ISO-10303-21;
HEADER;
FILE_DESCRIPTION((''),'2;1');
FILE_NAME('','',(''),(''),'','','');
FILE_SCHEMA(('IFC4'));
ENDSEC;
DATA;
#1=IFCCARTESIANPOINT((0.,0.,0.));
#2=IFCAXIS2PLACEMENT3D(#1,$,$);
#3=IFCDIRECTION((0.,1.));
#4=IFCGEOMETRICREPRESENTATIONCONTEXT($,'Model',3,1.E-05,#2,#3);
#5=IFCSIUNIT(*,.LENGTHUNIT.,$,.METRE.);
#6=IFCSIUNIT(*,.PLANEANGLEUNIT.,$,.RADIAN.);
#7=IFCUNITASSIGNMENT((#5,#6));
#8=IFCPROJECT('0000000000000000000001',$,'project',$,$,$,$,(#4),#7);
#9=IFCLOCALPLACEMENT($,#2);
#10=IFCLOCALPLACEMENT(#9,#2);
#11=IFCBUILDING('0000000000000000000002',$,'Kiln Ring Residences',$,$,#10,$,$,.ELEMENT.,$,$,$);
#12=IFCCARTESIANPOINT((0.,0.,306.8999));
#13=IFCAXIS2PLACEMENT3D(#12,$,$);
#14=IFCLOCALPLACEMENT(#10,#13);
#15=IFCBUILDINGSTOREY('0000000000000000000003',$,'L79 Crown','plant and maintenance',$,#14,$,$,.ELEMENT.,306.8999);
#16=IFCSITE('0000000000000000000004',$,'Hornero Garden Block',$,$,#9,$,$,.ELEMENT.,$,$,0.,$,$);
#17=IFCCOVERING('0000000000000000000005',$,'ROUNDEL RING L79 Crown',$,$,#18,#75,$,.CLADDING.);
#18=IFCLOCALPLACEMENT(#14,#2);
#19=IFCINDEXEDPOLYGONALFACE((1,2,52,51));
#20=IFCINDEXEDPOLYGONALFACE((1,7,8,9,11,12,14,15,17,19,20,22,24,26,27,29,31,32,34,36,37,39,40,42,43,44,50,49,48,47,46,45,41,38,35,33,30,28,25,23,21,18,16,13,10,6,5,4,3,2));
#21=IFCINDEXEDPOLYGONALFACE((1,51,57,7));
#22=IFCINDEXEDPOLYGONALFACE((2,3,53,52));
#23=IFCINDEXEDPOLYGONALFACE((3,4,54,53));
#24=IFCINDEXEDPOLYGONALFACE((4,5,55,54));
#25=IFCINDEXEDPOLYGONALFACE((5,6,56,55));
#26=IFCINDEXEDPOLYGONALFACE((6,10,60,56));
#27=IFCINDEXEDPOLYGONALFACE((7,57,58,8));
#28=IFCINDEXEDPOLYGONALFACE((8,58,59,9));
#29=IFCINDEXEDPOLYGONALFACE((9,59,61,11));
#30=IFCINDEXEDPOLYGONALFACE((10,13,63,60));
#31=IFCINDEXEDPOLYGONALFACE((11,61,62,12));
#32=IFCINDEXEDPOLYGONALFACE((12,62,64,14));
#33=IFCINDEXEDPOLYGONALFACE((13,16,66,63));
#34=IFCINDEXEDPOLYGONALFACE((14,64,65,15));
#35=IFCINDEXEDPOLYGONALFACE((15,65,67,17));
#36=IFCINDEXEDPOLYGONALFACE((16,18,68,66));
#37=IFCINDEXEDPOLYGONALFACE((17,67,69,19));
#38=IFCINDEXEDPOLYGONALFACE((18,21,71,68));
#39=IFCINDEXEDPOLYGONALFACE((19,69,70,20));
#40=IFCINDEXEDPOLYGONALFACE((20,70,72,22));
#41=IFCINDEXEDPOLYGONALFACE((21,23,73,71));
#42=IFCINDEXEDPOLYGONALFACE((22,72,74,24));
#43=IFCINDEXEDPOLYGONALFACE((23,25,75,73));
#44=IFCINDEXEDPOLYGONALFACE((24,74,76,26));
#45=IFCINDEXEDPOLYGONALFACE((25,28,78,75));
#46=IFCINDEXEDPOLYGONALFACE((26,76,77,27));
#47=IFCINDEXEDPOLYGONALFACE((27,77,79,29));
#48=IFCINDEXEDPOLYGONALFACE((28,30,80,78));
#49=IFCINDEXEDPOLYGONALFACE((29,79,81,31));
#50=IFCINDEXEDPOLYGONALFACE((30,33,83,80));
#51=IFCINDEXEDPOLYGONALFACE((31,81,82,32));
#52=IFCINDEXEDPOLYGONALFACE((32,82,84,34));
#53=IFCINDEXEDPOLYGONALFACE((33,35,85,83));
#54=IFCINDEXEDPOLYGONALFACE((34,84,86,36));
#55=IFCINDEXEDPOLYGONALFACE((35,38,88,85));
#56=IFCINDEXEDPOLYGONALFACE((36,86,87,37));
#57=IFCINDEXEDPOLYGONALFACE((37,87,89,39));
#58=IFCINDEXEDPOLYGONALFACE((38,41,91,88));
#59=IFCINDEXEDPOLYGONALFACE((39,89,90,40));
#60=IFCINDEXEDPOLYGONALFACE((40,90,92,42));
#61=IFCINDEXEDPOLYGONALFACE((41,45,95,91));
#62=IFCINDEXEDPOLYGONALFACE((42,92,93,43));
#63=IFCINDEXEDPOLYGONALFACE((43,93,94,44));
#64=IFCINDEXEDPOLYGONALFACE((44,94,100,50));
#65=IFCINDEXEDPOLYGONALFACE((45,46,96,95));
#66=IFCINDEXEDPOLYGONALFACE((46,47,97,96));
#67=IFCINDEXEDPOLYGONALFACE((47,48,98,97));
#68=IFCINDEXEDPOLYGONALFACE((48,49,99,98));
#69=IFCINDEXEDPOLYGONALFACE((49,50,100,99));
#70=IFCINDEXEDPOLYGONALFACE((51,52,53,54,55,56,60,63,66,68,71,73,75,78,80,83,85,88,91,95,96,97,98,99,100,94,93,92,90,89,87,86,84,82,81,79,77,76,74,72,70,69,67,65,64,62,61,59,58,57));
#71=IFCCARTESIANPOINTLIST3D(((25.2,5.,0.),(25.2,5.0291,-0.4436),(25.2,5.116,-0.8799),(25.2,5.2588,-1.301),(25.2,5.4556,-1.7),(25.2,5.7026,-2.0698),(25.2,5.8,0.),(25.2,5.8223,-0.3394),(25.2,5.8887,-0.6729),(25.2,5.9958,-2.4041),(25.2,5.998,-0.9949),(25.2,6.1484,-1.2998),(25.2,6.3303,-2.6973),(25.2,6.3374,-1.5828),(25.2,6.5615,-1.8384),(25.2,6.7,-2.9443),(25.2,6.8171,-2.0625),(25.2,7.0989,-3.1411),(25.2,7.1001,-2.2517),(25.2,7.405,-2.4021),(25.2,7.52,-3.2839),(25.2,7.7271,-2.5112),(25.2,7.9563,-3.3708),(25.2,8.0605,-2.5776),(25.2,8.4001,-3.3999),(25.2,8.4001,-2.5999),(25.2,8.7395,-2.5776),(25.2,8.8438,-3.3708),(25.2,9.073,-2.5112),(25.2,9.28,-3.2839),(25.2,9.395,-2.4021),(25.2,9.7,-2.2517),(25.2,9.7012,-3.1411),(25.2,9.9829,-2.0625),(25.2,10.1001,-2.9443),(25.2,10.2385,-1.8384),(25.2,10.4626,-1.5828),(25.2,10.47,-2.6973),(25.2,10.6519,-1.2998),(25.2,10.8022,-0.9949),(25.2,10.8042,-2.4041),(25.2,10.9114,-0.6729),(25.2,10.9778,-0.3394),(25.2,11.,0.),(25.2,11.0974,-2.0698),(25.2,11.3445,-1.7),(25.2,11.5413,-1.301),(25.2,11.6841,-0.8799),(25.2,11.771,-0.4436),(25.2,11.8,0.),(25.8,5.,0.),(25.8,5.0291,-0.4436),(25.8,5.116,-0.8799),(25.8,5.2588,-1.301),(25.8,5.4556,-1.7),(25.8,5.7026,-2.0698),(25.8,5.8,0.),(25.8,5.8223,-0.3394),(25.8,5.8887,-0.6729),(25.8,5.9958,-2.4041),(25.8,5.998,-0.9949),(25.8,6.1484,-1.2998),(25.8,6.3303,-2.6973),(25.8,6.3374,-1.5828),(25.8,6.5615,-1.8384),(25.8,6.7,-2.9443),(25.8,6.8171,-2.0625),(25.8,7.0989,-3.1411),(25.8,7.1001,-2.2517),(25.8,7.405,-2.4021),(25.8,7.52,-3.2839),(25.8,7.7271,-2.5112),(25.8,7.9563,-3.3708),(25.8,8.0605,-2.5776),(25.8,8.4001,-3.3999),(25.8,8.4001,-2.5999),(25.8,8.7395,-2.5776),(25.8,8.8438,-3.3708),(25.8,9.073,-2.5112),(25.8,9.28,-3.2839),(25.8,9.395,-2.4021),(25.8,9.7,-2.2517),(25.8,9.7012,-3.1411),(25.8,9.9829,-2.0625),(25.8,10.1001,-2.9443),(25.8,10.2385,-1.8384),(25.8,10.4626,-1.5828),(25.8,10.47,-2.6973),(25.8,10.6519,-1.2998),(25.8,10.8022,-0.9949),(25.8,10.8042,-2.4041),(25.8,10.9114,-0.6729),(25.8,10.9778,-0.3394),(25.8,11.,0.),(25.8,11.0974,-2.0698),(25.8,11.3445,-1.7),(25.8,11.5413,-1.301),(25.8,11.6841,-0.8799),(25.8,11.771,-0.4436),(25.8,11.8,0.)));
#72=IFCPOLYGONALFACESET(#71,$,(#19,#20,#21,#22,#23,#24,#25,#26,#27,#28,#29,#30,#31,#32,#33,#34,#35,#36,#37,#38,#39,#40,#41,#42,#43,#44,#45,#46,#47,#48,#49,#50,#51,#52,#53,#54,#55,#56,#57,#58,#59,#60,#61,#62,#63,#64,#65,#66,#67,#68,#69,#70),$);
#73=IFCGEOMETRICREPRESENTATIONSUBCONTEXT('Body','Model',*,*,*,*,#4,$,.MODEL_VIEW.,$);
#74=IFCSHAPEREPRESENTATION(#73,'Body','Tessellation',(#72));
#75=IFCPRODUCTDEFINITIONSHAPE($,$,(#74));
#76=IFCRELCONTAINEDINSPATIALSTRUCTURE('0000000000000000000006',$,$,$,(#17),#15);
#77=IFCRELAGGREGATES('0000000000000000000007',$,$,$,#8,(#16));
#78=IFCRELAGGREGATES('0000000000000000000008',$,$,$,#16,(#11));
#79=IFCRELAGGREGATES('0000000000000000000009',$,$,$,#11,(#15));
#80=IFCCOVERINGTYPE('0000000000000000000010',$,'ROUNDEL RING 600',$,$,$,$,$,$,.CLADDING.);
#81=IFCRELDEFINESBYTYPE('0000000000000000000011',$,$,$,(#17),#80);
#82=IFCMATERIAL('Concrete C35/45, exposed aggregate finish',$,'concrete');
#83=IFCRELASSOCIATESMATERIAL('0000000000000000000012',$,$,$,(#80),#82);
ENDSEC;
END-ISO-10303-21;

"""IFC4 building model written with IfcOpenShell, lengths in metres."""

from ifc_helpers import new_model, si_unit, direction, frame, origin, place, context, subcontext, project, spatial, polyline, outline, extrude, material, type_object, element, save


model = new_model("IFC4")

# Units and contexts
model_context = context("Model", 3, precision=1e-05, world=origin(), true_north=direction((0.0, 1.0)))
body_context = subcontext(model_context, "Body", "Model", "MODEL_VIEW")
ifc_project = project(units=[si_unit("LENGTHUNIT", "METRE"), si_unit("PLANEANGLEUNIT", "RADIAN")], contexts=[model_context])

# Site, building, storey
site_placement = place(None, origin())
site = spatial("IfcSite", under=ifc_project, at=site_placement, Name="Hornero Garden Block", CompositionType="ELEMENT", RefElevation=0.0)
building_placement = place(site_placement, origin())
building = spatial("IfcBuilding", under=site, at=building_placement, Name="Kiln Ring Residences", CompositionType="ELEMENT")
storey_placement = place(building_placement, frame((0.0, 0.0, 306.8999)))
storey = spatial("IfcBuildingStorey", under=building, at=storey_placement, Name="L79 Crown", Description="plant and maintenance", CompositionType="ELEMENT", Elevation=306.8999)

# Covering
ifc_material_1 = material(Name="Concrete C35/45, exposed aggregate finish", Category="concrete")
covering_type = type_object("IfcCoveringType", Name="ROUNDEL RING 600", PredefinedType="CLADDING", material=ifc_material_1)
covering_1_placement = place(storey_placement, frame((25.5, 11.8, -3.3999), z_axis=(0.0, 0.0, 1.0), x_axis=(0.0, -1.0, 0.0)))
element("IfcCovering", 1, at=covering_1_placement, inside=storey, type_object=covering_type, Name="ROUNDEL RING L79 Crown", PredefinedType="CLADDING", context=body_context, shape_type="SweptSolid", body=[
    extrude(outline(polyline([(6.8, 3.3999), (6.771, 2.9563), (6.6841, 2.52), (6.5413, 2.0989), (6.3445, 1.7), (6.0974, 1.3301), (5.8042, 0.9958), (5.4697, 0.7026), (5.1001, 0.4556), (4.7012, 0.2588), (4.28, 0.116), (3.8438, 0.0291), (3.3999, 0.0), (2.9563, 0.0291), (2.52, 0.116), (2.0989, 0.2588), (1.7, 0.4556), (1.3301, 0.7026), (0.9958, 0.9958), (0.7026, 1.3301), (0.4556, 1.7), (0.2588, 2.0989), (0.116, 2.52), (0.0291, 2.9563), (0.0, 3.3999), (0.8, 3.3999), (0.8223, 3.0605), (0.8887, 2.7271), (0.9978, 2.405), (1.1482, 2.1001), (1.3374, 1.8171), (1.5615, 1.5615), (1.8171, 1.3374), (2.1001, 1.1482), (2.405, 0.9978), (2.7271, 0.8887), (3.0605, 0.8223), (3.3999, 0.8), (3.7395, 0.8223), (4.073, 0.8887), (4.395, 0.9978), (4.7, 1.1482), (4.9829, 1.3374), (5.2385, 1.5615), (5.4626, 1.8171), (5.6516, 2.1001), (5.802, 2.405), (5.9114, 2.7271), (5.9778, 3.0605), (6.0, 3.3999), (6.8, 3.3999)])), frame((0.0, 0.3, 0.0), z_axis=(0.0, -1.0, 0.0), x_axis=(1.0, 0.0, 0.0)), (0.0, 0.0, 1.0), 0.6001),
])

save(model, "model.ifc")
